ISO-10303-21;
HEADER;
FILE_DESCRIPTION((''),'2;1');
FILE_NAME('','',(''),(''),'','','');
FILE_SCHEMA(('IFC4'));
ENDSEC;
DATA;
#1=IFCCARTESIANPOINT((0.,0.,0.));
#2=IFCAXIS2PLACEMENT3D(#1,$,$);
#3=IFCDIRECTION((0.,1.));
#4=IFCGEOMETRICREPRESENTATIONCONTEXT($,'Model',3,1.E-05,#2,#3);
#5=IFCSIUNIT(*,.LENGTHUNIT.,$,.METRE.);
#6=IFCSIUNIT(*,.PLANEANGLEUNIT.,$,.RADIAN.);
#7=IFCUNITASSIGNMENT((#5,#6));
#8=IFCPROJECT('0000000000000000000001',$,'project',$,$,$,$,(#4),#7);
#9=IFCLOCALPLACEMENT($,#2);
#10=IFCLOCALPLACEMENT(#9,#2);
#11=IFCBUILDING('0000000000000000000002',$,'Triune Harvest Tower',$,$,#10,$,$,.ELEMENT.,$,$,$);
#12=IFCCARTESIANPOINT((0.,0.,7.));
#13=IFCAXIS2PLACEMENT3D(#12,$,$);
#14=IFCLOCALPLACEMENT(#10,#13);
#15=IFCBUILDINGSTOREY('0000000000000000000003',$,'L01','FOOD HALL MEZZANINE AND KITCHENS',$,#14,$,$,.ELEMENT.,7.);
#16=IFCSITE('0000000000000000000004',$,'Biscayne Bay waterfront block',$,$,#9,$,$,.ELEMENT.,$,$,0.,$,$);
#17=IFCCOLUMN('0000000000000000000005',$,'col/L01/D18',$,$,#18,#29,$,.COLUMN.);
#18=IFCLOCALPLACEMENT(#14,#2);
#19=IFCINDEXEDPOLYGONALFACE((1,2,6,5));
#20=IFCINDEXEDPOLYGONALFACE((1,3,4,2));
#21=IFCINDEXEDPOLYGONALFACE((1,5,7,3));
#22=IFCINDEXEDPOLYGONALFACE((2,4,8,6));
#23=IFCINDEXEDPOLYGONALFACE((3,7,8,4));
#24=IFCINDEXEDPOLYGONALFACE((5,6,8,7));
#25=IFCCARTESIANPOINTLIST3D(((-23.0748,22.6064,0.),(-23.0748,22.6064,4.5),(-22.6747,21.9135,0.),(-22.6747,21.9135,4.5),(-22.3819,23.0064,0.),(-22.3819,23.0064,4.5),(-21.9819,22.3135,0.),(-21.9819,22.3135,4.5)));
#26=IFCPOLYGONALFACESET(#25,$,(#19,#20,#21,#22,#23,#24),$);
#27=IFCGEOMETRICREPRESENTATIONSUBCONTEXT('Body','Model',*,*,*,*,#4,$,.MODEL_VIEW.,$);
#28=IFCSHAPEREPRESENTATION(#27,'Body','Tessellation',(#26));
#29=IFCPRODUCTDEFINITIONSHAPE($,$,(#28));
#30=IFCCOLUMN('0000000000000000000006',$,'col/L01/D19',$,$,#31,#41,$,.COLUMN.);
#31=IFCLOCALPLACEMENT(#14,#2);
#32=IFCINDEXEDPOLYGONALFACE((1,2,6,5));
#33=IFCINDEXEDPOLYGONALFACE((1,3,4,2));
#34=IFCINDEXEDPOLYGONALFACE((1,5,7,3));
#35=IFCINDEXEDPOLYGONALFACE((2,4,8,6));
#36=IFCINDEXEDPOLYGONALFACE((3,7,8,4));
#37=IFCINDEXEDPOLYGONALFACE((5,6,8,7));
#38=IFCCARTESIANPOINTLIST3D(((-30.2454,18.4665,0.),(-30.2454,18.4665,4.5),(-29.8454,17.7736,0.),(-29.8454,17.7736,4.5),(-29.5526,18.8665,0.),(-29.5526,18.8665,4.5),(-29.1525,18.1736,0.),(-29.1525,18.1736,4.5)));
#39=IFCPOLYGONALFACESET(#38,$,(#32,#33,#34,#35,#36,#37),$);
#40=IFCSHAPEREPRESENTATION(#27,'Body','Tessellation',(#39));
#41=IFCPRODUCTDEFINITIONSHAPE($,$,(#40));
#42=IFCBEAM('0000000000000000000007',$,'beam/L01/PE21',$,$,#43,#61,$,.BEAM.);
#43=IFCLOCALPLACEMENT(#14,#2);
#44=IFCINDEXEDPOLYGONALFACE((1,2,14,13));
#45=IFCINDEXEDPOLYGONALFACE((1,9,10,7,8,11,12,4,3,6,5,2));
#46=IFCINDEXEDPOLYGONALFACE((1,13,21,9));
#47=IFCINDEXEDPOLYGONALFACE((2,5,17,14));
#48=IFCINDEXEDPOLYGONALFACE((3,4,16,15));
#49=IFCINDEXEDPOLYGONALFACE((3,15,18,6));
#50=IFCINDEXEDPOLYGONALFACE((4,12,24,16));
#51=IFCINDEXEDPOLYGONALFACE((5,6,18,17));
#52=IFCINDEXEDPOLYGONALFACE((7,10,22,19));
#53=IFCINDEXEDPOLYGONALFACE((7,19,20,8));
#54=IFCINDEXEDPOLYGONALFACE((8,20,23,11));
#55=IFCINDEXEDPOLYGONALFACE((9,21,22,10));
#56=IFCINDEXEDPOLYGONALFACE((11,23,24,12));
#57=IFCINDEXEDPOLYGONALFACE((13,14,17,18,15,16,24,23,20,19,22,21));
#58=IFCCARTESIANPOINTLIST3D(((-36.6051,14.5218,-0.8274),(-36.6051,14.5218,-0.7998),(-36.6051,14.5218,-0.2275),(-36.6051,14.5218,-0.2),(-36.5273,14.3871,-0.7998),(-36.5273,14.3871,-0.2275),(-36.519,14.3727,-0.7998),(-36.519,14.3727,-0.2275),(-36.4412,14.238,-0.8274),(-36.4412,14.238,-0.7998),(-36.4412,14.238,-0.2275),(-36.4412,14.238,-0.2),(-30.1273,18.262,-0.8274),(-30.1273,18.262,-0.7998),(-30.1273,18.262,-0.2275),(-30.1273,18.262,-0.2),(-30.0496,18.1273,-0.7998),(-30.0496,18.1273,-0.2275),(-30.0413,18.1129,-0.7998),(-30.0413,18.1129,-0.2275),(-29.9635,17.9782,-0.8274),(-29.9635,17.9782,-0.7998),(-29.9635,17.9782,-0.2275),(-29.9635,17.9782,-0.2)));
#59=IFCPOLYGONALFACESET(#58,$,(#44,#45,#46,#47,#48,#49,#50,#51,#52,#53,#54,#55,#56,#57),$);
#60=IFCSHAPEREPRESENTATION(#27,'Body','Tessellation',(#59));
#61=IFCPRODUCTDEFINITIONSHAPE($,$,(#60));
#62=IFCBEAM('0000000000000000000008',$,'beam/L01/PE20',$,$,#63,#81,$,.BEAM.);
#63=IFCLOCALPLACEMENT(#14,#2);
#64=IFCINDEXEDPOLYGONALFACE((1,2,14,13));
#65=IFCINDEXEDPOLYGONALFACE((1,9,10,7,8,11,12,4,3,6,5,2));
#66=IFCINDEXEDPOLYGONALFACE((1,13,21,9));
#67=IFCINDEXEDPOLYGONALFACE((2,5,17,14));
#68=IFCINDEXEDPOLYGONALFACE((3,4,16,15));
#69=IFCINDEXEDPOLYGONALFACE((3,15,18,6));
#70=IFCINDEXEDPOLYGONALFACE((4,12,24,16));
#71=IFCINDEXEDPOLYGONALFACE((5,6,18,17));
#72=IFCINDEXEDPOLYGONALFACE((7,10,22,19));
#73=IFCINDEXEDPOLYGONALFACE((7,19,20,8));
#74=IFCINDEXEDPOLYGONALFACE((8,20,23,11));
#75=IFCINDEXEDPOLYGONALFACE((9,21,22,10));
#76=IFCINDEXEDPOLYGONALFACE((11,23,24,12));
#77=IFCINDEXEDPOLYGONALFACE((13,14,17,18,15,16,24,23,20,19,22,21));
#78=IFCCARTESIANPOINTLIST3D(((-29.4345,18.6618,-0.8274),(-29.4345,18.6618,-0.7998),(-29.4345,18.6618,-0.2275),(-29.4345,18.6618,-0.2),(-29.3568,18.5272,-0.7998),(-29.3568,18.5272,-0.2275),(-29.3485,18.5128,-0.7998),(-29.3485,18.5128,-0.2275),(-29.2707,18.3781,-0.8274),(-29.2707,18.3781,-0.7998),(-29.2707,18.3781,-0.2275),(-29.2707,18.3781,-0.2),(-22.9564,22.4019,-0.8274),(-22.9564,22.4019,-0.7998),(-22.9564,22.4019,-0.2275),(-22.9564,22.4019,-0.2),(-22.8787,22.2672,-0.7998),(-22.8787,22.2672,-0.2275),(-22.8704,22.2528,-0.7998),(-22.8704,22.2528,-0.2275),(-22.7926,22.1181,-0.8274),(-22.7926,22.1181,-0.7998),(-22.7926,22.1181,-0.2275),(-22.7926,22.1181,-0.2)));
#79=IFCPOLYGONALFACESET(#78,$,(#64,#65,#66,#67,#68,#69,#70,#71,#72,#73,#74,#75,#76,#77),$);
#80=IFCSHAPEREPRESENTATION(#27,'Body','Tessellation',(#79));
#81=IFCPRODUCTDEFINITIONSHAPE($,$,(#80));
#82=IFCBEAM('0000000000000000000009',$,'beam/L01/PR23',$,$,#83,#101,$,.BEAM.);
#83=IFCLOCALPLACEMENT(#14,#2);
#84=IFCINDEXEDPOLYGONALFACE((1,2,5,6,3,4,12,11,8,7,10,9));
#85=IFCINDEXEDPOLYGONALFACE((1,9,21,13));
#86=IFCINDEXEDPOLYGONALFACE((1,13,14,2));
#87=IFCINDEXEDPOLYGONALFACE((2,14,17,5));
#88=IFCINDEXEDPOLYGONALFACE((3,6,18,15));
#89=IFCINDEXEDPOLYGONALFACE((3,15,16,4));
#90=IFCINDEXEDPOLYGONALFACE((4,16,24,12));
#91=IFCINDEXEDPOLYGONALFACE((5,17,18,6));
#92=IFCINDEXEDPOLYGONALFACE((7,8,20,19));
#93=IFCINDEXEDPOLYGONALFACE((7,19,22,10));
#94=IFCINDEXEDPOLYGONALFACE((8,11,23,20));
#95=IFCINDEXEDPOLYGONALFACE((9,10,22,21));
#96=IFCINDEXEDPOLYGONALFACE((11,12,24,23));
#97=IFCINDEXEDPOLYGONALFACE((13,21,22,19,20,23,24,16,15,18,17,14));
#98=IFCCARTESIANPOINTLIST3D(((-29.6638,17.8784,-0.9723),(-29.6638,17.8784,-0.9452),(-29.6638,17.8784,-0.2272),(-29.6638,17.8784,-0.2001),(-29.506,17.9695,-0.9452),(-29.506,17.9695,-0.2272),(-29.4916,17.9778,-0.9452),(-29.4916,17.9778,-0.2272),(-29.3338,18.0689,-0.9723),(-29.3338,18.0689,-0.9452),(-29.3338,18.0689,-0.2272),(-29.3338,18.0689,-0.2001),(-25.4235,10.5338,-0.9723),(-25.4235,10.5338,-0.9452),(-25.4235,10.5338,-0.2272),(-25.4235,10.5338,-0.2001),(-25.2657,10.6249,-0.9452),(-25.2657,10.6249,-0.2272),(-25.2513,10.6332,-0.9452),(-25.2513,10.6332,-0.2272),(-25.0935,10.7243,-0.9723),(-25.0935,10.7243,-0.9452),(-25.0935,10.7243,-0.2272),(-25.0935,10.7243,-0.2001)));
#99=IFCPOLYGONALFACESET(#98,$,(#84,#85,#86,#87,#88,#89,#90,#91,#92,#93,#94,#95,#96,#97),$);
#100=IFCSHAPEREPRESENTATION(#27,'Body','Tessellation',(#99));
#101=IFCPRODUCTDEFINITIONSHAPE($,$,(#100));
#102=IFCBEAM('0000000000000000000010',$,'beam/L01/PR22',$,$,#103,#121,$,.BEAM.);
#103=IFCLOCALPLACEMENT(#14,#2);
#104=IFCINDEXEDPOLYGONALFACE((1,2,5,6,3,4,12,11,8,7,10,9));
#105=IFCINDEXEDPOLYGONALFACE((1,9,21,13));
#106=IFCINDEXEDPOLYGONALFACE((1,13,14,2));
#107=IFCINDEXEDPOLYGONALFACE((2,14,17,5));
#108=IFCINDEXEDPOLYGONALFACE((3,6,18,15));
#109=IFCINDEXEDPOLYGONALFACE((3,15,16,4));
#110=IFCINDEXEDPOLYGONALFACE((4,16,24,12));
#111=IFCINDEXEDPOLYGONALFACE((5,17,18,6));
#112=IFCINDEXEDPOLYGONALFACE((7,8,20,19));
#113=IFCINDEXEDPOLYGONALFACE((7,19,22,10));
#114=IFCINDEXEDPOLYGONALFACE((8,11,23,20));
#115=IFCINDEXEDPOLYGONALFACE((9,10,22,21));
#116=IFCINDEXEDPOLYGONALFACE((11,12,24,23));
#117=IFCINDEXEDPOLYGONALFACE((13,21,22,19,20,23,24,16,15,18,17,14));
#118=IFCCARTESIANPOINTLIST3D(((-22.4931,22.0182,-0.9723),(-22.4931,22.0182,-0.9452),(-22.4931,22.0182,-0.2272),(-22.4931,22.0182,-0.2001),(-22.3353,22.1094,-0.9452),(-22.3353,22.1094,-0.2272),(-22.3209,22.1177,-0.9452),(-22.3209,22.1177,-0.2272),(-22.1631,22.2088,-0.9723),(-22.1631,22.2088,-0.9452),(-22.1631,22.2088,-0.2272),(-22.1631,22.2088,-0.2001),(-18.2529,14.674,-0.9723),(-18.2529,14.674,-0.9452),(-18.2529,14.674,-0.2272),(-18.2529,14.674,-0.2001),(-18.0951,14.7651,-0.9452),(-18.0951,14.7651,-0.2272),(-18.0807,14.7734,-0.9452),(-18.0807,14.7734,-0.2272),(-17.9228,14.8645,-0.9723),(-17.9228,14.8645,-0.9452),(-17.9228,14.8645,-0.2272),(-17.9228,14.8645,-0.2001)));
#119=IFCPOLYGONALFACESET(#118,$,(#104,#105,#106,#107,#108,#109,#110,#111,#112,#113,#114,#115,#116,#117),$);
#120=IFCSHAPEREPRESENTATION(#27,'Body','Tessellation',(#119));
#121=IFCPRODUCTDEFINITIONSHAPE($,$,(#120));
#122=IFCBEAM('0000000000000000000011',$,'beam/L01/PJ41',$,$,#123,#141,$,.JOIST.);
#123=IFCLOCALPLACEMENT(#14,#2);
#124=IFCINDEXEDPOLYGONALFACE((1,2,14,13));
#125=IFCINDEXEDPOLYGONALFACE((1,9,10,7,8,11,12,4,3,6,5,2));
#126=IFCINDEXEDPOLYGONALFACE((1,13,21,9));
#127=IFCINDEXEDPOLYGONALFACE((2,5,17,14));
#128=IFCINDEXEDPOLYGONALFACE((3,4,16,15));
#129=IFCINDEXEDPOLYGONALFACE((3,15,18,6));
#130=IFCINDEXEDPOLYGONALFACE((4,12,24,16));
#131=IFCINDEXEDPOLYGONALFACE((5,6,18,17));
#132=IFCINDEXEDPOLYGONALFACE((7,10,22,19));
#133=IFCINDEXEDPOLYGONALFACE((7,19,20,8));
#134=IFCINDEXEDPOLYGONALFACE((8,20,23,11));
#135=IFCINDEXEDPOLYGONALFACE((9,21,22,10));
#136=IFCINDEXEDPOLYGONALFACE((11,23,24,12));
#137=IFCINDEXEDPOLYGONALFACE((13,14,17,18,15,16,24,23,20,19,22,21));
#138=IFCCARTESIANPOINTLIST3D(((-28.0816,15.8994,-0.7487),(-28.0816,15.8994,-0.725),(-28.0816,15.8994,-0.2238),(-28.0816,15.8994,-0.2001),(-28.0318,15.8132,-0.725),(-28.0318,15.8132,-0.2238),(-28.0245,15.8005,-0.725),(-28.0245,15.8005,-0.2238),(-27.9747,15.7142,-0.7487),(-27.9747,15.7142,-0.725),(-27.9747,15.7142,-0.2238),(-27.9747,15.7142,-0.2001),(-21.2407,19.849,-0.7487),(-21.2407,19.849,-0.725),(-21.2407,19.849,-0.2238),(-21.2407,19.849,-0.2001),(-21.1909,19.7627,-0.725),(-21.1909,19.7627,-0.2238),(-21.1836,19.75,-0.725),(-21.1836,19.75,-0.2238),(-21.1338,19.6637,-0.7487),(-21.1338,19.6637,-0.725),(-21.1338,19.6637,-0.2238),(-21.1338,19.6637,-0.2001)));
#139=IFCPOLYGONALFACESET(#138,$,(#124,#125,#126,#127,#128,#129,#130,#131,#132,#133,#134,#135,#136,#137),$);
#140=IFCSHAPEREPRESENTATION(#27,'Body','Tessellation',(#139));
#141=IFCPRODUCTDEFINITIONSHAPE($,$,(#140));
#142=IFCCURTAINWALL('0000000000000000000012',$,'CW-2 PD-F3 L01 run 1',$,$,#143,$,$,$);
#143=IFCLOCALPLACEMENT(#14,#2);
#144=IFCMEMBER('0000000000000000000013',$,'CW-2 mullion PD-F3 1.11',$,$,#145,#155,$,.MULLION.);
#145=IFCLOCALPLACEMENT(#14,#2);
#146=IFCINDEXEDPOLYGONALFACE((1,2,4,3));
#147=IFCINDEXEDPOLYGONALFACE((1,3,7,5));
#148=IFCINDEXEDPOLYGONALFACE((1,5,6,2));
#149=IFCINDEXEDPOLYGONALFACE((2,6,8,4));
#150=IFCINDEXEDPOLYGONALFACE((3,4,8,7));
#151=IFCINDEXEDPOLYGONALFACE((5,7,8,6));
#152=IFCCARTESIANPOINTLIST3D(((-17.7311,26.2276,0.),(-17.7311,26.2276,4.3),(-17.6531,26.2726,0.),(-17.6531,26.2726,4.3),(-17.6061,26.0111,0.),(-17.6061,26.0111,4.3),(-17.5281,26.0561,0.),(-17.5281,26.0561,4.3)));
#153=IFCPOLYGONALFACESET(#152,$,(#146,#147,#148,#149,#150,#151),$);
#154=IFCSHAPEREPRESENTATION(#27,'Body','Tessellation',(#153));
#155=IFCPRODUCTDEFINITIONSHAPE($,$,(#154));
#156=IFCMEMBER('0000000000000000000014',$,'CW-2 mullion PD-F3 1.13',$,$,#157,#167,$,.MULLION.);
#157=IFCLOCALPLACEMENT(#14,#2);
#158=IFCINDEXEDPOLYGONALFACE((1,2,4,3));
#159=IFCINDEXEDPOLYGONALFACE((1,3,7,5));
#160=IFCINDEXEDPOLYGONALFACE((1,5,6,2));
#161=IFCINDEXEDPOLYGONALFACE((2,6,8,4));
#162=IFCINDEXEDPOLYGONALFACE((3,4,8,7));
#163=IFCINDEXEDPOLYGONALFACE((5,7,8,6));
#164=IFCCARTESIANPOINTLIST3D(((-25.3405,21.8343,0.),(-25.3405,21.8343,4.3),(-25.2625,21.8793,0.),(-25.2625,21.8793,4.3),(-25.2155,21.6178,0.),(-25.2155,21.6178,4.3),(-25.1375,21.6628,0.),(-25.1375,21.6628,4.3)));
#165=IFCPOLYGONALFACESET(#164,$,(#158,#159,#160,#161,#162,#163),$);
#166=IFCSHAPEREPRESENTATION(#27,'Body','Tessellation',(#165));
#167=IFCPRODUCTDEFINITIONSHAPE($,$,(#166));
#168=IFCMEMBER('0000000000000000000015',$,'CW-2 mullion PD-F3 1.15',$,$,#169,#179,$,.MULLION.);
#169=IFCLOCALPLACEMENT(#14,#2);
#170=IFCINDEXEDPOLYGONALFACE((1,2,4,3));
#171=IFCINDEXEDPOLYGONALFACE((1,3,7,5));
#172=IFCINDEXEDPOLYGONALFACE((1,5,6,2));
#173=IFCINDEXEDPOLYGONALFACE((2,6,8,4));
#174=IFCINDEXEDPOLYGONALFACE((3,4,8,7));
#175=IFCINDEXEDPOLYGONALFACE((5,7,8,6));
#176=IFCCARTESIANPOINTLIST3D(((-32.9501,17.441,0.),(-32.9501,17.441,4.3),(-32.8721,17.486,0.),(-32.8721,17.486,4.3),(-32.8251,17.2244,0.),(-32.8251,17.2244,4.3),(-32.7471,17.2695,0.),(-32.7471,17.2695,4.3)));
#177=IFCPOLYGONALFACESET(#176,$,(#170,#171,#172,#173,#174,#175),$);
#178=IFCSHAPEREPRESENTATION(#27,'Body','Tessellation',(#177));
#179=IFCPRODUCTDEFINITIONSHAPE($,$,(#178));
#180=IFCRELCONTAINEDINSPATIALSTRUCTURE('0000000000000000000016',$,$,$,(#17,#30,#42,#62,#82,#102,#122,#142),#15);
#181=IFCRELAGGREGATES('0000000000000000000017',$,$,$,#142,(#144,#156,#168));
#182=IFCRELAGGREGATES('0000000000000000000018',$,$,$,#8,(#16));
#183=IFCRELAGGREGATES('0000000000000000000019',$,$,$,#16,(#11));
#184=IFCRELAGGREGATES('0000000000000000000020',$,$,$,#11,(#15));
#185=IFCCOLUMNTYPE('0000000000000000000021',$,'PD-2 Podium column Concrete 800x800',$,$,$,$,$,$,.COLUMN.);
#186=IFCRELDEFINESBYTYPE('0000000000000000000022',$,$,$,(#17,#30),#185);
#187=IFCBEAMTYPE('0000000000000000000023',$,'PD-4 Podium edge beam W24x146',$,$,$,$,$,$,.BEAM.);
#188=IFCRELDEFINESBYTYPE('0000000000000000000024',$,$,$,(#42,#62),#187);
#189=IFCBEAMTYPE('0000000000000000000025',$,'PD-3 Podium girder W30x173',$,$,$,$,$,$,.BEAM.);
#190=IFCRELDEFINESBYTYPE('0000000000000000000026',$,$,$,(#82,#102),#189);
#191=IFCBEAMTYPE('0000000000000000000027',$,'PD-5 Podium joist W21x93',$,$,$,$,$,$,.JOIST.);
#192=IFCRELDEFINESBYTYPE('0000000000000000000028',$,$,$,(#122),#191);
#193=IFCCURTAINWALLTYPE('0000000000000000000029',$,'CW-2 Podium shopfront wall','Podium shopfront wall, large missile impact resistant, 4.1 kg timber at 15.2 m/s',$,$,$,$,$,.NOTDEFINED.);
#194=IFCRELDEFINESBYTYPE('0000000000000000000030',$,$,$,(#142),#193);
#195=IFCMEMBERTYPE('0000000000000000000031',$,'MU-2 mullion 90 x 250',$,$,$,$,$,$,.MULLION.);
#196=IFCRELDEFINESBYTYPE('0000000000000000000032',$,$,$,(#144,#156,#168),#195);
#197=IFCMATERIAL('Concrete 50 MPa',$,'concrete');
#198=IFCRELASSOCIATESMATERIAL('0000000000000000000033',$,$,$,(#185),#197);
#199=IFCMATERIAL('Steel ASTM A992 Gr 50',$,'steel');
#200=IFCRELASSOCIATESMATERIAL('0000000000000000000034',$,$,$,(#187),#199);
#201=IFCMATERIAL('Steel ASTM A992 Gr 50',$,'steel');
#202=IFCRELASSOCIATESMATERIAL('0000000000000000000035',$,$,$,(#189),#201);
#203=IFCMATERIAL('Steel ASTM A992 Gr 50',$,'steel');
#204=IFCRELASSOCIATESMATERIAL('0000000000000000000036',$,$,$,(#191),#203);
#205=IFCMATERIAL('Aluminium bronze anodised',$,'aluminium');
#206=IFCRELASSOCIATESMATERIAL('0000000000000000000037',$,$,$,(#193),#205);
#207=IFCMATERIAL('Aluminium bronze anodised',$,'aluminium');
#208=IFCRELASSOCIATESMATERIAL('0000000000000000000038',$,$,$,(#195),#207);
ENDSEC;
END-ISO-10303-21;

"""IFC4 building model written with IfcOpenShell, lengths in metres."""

from ifc_helpers import new_model, si_unit, direction, frame, origin, origin_2d, place, context, subcontext, project, spatial, rectangle, i_section, extrude, source, transform, mapped, material, material_profile, profile_set, type_object, element, aggregate, save


model = new_model("IFC4")

# Units and contexts
model_context = context("Model", 3, precision=1e-05, world=origin(), true_north=direction((0.0, 1.0)))
body_context = subcontext(model_context, "Body", "Model", "MODEL_VIEW")
ifc_project = project(units=[si_unit("LENGTHUNIT", "METRE"), si_unit("PLANEANGLEUNIT", "RADIAN")], contexts=[model_context])

# Site, building, storey
site_placement = place(None, origin())
site = spatial("IfcSite", under=ifc_project, at=site_placement, Name="Biscayne Bay waterfront block", CompositionType="ELEMENT", RefElevation=0.0)
building_placement = place(site_placement, origin())
building = spatial("IfcBuilding", under=site, at=building_placement, Name="Triune Harvest Tower", CompositionType="ELEMENT")
storey_placement = place(building_placement, frame((0.0, 0.0, 7.0)))
storey = spatial("IfcBuildingStorey", under=building, at=storey_placement, Name="L01", Description="FOOD HALL MEZZANINE AND KITCHENS", CompositionType="ELEMENT", Elevation=7.0)

# Columns
ifc_material_1 = material(Name="Concrete 50 MPa", Category="concrete")
ifc_material_profile_1 = material_profile(ifc_material_1, rectangle(XDim=0.8, YDim=0.8, at=origin_2d()), Name="Concrete 800x800")
ifc_profile_set_1 = profile_set([ifc_material_profile_1], Name="Concrete 50 MPa")
column_type = type_object("IfcColumnType", Name="PD-2 Podium column Concrete 800x800", PredefinedType="COLUMN", material=ifc_profile_set_1)
shared_shape_1 = source(origin(), body_context, "Body", "SweptSolid", [
    extrude(rectangle(XDim=0.8, YDim=0.8, at=origin_2d()), origin(), (0.0, 0.0, 1.0), 4.5),
])
for number, where, z_axis, x_axis, name in (
    (1, (-22.5283, 22.46, 0.0), (0.0, 0.0, 1.0), (-0.866025, -0.5, 0.0), "col/L01/D18"),
    (2, (-29.699, 18.3201, 0.0), (0.0, 0.0, 1.0), (-0.866025, -0.5, 0.0), "col/L01/D19"),
):
    element("IfcColumn", number, at=place(storey_placement, frame(where, z_axis=z_axis, x_axis=x_axis)), inside=storey, type_object=column_type, Name=name, PredefinedType="COLUMN", context=body_context, shape_type="MappedRepresentation", body=[
        mapped(shared_shape_1, transform((0.0, 0.0, 0.0), scale=1.0)),
    ])

# Beams
ifc_material_2 = material(Name="Steel ASTM A992 Gr 50", Category="steel")
ifc_material_profile_2 = material_profile(ifc_material_2, i_section(OverallWidth=0.3276, OverallDepth=0.6274, WebThickness=0.0166, FlangeThickness=0.0276, at=origin_2d()), Name="W24x146")
ifc_profile_set_2 = profile_set([ifc_material_profile_2], Name="Steel ASTM A992 Gr 50")
beam_type_1 = type_object("IfcBeamType", Name="PD-4 Podium edge beam W24x146", PredefinedType="BEAM", material=ifc_profile_set_2)
shared_shape_2 = source(origin(), body_context, "Body", "SweptSolid", [
    extrude(i_section(OverallWidth=0.3276, OverallDepth=0.6274, WebThickness=0.0166, FlangeThickness=0.0276, at=origin_2d()), origin(), (0.0, 0.0, 1.0), 7.48),
])
beam_1_placement = place(storey_placement, frame((-30.0454, 18.1201, -0.5137), z_axis=(-0.866009, -0.500029, 0.0), x_axis=(0.500029, -0.866009, 0.0)))
element("IfcBeam", 3, at=beam_1_placement, inside=storey, type_object=beam_type_1, Name="beam/L01/PE21", PredefinedType="BEAM", context=body_context, shape_type="MappedRepresentation", body=[
    mapped(shared_shape_2, transform((0.0, 0.0, 0.0), scale=1.0)),
])
shared_shape_3 = source(origin(), body_context, "Body", "SweptSolid", [
    extrude(i_section(OverallWidth=0.3276, OverallDepth=0.6274, WebThickness=0.0166, FlangeThickness=0.0276, at=origin_2d()), origin(), (0.0, 0.0, 1.0), 7.4802),
])
beam_2_placement = place(storey_placement, frame((-22.8745, 22.26, -0.5137), z_axis=(-0.866031, -0.49999, 0.0), x_axis=(0.49999, -0.866031, 0.0)))
element("IfcBeam", 4, at=beam_2_placement, inside=storey, type_object=beam_type_1, Name="beam/L01/PE20", PredefinedType="BEAM", context=body_context, shape_type="MappedRepresentation", body=[
    mapped(shared_shape_3, transform((0.0, 0.0, 0.0), scale=1.0)),
])
ifc_material_3 = material(Name="Steel ASTM A992 Gr 50", Category="steel")
ifc_material_profile_3 = material_profile(ifc_material_3, i_section(OverallWidth=0.3811, OverallDepth=0.7722, WebThickness=0.0166, FlangeThickness=0.0271, at=origin_2d()), Name="W30x173")
ifc_profile_set_3 = profile_set([ifc_material_profile_3], Name="Steel ASTM A992 Gr 50")
beam_type_2 = type_object("IfcBeamType", Name="PD-3 Podium girder W30x173", PredefinedType="BEAM", material=ifc_profile_set_3)
shared_shape_4 = source(origin(), body_context, "Body", "SweptSolid", [
    extrude(i_section(OverallWidth=0.3811, OverallDepth=0.7722, WebThickness=0.0166, FlangeThickness=0.0271, at=origin_2d()), origin(), (0.0, 0.0, 1.0), 8.4807),
])
beam_3_placement = place(storey_placement, frame((-29.4988, 17.9736, -0.5862), z_axis=(0.499991, -0.866031, 0.0), x_axis=(0.866031, 0.499991, 0.0)))
element("IfcBeam", 5, at=beam_3_placement, inside=storey, type_object=beam_type_2, Name="beam/L01/PR23", PredefinedType="BEAM", context=body_context, shape_type="MappedRepresentation", body=[
    mapped(shared_shape_4, transform((0.0, 0.0, 0.0), scale=1.0)),
])
shared_shape_5 = source(origin(), body_context, "Body", "SweptSolid", [
    extrude(i_section(OverallWidth=0.3811, OverallDepth=0.7722, WebThickness=0.0166, FlangeThickness=0.0271, at=origin_2d()), origin(), (0.0, 0.0, 1.0), 8.4805),
])
beam_4_placement = place(storey_placement, frame((-22.3281, 22.1135, -0.5862), z_axis=(0.500003, -0.866024, 0.0), x_axis=(0.866024, 0.500003, 0.0)))
element("IfcBeam", 6, at=beam_4_placement, inside=storey, type_object=beam_type_2, Name="beam/L01/PR22", PredefinedType="BEAM", context=body_context, shape_type="MappedRepresentation", body=[
    mapped(shared_shape_5, transform((0.0, 0.0, 0.0), scale=1.0)),
])
ifc_material_4 = material(Name="Steel ASTM A992 Gr 50", Category="steel")
ifc_material_profile_4 = material_profile(ifc_material_4, i_section(OverallWidth=0.2139, OverallDepth=0.5486, WebThickness=0.0146, FlangeThickness=0.0237, at=origin_2d()), Name="W21x93")
ifc_profile_set_4 = profile_set([ifc_material_profile_4], Name="Steel ASTM A992 Gr 50")
beam_type_3 = type_object("IfcBeamType", Name="PD-5 Podium joist W21x93", PredefinedType="JOIST", material=ifc_profile_set_4)
shared_shape_6 = source(origin(), body_context, "Body", "SweptSolid", [
    extrude(i_section(OverallWidth=0.2139, OverallDepth=0.5486, WebThickness=0.0146, FlangeThickness=0.0237, at=origin_2d()), origin(), (0.0, 0.0, 1.0), 7.8992),
])
beam_5_placement = place(storey_placement, frame((-21.1873, 19.7563, -0.4744), z_axis=(-0.86603, -0.499992, 0.0), x_axis=(0.499992, -0.86603, 0.0)))
element("IfcBeam", 7, at=beam_5_placement, inside=storey, type_object=beam_type_3, Name="beam/L01/PJ41", PredefinedType="JOIST", context=body_context, shape_type="MappedRepresentation", body=[
    mapped(shared_shape_6, transform((0.0, 0.0, 0.0), scale=1.0)),
])

# Curtain wall, members
ifc_material_5 = material(Name="Aluminium bronze anodised", Category="aluminium")
curtain_wall_type = type_object("IfcCurtainWallType", Name="CW-2 Podium shopfront wall", Description="Podium shopfront wall, large missile impact resistant, 4.1 kg timber at 15.2 m/s", PredefinedType="NOTDEFINED", material=ifc_material_5)
curtain_wall_placement = place(storey_placement, origin())
curtain_wall = element("IfcCurtainWall", 8, at=curtain_wall_placement, inside=storey, type_object=curtain_wall_type, Name="CW-2 PD-F3 L01 run 1")
ifc_material_6 = material(Name="Aluminium bronze anodised", Category="aluminium")
ifc_material_profile_5 = material_profile(ifc_material_6, rectangle(XDim=0.25, YDim=0.0901, at=origin_2d()), Name="MU-2 mullion 90 x 250")
ifc_profile_set_5 = profile_set([ifc_material_profile_5], Name="Aluminium bronze anodised")
member_type_1 = type_object("IfcMemberType", Name="MU-2 mullion 90 x 250", PredefinedType="MULLION", material=ifc_profile_set_5)
shared_shape_7 = source(origin(), body_context, "Body", "SweptSolid", [
    extrude(rectangle(XDim=0.25, YDim=0.0901, at=origin_2d()), origin(), (0.0, 0.0, 1.0), 4.3),
])
member_1_placement = place(storey_placement, frame((-17.6296, 26.1418, 0.0), z_axis=(0.0, 0.0, 1.0), x_axis=(0.5, -0.866025, 0.0)))
member_1 = element("IfcMember", 9, at=member_1_placement, type_object=member_type_1, Name="CW-2 mullion PD-F3 1.11", PredefinedType="MULLION", context=body_context, shape_type="MappedRepresentation", body=[
    mapped(shared_shape_7, transform((0.0, 0.0, 0.0), scale=1.0)),
])
member_2_placement = place(storey_placement, frame((-25.239, 21.7485, 0.0), z_axis=(0.0, 0.0, 1.0), x_axis=(0.5, -0.866025, 0.0)))
member_2 = element("IfcMember", 10, at=member_2_placement, type_object=member_type_1, Name="CW-2 mullion PD-F3 1.13", PredefinedType="MULLION", context=body_context, shape_type="MappedRepresentation", body=[
    mapped(shared_shape_7, transform((0.0, 0.0, 0.0), scale=1.0)),
])
member_3_placement = place(storey_placement, frame((-32.8486, 17.3552, 0.0), z_axis=(0.0, 0.0, 1.0), x_axis=(0.5, -0.866025, 0.0)))
member_3 = element("IfcMember", 11, at=member_3_placement, type_object=member_type_1, Name="CW-2 mullion PD-F3 1.15", PredefinedType="MULLION", context=body_context, shape_type="MappedRepresentation", body=[
    mapped(shared_shape_7, transform((0.0, 0.0, 0.0), scale=1.0)),
])
aggregate(curtain_wall, [member_1, member_2, member_3])

save(model, "model.ifc")
